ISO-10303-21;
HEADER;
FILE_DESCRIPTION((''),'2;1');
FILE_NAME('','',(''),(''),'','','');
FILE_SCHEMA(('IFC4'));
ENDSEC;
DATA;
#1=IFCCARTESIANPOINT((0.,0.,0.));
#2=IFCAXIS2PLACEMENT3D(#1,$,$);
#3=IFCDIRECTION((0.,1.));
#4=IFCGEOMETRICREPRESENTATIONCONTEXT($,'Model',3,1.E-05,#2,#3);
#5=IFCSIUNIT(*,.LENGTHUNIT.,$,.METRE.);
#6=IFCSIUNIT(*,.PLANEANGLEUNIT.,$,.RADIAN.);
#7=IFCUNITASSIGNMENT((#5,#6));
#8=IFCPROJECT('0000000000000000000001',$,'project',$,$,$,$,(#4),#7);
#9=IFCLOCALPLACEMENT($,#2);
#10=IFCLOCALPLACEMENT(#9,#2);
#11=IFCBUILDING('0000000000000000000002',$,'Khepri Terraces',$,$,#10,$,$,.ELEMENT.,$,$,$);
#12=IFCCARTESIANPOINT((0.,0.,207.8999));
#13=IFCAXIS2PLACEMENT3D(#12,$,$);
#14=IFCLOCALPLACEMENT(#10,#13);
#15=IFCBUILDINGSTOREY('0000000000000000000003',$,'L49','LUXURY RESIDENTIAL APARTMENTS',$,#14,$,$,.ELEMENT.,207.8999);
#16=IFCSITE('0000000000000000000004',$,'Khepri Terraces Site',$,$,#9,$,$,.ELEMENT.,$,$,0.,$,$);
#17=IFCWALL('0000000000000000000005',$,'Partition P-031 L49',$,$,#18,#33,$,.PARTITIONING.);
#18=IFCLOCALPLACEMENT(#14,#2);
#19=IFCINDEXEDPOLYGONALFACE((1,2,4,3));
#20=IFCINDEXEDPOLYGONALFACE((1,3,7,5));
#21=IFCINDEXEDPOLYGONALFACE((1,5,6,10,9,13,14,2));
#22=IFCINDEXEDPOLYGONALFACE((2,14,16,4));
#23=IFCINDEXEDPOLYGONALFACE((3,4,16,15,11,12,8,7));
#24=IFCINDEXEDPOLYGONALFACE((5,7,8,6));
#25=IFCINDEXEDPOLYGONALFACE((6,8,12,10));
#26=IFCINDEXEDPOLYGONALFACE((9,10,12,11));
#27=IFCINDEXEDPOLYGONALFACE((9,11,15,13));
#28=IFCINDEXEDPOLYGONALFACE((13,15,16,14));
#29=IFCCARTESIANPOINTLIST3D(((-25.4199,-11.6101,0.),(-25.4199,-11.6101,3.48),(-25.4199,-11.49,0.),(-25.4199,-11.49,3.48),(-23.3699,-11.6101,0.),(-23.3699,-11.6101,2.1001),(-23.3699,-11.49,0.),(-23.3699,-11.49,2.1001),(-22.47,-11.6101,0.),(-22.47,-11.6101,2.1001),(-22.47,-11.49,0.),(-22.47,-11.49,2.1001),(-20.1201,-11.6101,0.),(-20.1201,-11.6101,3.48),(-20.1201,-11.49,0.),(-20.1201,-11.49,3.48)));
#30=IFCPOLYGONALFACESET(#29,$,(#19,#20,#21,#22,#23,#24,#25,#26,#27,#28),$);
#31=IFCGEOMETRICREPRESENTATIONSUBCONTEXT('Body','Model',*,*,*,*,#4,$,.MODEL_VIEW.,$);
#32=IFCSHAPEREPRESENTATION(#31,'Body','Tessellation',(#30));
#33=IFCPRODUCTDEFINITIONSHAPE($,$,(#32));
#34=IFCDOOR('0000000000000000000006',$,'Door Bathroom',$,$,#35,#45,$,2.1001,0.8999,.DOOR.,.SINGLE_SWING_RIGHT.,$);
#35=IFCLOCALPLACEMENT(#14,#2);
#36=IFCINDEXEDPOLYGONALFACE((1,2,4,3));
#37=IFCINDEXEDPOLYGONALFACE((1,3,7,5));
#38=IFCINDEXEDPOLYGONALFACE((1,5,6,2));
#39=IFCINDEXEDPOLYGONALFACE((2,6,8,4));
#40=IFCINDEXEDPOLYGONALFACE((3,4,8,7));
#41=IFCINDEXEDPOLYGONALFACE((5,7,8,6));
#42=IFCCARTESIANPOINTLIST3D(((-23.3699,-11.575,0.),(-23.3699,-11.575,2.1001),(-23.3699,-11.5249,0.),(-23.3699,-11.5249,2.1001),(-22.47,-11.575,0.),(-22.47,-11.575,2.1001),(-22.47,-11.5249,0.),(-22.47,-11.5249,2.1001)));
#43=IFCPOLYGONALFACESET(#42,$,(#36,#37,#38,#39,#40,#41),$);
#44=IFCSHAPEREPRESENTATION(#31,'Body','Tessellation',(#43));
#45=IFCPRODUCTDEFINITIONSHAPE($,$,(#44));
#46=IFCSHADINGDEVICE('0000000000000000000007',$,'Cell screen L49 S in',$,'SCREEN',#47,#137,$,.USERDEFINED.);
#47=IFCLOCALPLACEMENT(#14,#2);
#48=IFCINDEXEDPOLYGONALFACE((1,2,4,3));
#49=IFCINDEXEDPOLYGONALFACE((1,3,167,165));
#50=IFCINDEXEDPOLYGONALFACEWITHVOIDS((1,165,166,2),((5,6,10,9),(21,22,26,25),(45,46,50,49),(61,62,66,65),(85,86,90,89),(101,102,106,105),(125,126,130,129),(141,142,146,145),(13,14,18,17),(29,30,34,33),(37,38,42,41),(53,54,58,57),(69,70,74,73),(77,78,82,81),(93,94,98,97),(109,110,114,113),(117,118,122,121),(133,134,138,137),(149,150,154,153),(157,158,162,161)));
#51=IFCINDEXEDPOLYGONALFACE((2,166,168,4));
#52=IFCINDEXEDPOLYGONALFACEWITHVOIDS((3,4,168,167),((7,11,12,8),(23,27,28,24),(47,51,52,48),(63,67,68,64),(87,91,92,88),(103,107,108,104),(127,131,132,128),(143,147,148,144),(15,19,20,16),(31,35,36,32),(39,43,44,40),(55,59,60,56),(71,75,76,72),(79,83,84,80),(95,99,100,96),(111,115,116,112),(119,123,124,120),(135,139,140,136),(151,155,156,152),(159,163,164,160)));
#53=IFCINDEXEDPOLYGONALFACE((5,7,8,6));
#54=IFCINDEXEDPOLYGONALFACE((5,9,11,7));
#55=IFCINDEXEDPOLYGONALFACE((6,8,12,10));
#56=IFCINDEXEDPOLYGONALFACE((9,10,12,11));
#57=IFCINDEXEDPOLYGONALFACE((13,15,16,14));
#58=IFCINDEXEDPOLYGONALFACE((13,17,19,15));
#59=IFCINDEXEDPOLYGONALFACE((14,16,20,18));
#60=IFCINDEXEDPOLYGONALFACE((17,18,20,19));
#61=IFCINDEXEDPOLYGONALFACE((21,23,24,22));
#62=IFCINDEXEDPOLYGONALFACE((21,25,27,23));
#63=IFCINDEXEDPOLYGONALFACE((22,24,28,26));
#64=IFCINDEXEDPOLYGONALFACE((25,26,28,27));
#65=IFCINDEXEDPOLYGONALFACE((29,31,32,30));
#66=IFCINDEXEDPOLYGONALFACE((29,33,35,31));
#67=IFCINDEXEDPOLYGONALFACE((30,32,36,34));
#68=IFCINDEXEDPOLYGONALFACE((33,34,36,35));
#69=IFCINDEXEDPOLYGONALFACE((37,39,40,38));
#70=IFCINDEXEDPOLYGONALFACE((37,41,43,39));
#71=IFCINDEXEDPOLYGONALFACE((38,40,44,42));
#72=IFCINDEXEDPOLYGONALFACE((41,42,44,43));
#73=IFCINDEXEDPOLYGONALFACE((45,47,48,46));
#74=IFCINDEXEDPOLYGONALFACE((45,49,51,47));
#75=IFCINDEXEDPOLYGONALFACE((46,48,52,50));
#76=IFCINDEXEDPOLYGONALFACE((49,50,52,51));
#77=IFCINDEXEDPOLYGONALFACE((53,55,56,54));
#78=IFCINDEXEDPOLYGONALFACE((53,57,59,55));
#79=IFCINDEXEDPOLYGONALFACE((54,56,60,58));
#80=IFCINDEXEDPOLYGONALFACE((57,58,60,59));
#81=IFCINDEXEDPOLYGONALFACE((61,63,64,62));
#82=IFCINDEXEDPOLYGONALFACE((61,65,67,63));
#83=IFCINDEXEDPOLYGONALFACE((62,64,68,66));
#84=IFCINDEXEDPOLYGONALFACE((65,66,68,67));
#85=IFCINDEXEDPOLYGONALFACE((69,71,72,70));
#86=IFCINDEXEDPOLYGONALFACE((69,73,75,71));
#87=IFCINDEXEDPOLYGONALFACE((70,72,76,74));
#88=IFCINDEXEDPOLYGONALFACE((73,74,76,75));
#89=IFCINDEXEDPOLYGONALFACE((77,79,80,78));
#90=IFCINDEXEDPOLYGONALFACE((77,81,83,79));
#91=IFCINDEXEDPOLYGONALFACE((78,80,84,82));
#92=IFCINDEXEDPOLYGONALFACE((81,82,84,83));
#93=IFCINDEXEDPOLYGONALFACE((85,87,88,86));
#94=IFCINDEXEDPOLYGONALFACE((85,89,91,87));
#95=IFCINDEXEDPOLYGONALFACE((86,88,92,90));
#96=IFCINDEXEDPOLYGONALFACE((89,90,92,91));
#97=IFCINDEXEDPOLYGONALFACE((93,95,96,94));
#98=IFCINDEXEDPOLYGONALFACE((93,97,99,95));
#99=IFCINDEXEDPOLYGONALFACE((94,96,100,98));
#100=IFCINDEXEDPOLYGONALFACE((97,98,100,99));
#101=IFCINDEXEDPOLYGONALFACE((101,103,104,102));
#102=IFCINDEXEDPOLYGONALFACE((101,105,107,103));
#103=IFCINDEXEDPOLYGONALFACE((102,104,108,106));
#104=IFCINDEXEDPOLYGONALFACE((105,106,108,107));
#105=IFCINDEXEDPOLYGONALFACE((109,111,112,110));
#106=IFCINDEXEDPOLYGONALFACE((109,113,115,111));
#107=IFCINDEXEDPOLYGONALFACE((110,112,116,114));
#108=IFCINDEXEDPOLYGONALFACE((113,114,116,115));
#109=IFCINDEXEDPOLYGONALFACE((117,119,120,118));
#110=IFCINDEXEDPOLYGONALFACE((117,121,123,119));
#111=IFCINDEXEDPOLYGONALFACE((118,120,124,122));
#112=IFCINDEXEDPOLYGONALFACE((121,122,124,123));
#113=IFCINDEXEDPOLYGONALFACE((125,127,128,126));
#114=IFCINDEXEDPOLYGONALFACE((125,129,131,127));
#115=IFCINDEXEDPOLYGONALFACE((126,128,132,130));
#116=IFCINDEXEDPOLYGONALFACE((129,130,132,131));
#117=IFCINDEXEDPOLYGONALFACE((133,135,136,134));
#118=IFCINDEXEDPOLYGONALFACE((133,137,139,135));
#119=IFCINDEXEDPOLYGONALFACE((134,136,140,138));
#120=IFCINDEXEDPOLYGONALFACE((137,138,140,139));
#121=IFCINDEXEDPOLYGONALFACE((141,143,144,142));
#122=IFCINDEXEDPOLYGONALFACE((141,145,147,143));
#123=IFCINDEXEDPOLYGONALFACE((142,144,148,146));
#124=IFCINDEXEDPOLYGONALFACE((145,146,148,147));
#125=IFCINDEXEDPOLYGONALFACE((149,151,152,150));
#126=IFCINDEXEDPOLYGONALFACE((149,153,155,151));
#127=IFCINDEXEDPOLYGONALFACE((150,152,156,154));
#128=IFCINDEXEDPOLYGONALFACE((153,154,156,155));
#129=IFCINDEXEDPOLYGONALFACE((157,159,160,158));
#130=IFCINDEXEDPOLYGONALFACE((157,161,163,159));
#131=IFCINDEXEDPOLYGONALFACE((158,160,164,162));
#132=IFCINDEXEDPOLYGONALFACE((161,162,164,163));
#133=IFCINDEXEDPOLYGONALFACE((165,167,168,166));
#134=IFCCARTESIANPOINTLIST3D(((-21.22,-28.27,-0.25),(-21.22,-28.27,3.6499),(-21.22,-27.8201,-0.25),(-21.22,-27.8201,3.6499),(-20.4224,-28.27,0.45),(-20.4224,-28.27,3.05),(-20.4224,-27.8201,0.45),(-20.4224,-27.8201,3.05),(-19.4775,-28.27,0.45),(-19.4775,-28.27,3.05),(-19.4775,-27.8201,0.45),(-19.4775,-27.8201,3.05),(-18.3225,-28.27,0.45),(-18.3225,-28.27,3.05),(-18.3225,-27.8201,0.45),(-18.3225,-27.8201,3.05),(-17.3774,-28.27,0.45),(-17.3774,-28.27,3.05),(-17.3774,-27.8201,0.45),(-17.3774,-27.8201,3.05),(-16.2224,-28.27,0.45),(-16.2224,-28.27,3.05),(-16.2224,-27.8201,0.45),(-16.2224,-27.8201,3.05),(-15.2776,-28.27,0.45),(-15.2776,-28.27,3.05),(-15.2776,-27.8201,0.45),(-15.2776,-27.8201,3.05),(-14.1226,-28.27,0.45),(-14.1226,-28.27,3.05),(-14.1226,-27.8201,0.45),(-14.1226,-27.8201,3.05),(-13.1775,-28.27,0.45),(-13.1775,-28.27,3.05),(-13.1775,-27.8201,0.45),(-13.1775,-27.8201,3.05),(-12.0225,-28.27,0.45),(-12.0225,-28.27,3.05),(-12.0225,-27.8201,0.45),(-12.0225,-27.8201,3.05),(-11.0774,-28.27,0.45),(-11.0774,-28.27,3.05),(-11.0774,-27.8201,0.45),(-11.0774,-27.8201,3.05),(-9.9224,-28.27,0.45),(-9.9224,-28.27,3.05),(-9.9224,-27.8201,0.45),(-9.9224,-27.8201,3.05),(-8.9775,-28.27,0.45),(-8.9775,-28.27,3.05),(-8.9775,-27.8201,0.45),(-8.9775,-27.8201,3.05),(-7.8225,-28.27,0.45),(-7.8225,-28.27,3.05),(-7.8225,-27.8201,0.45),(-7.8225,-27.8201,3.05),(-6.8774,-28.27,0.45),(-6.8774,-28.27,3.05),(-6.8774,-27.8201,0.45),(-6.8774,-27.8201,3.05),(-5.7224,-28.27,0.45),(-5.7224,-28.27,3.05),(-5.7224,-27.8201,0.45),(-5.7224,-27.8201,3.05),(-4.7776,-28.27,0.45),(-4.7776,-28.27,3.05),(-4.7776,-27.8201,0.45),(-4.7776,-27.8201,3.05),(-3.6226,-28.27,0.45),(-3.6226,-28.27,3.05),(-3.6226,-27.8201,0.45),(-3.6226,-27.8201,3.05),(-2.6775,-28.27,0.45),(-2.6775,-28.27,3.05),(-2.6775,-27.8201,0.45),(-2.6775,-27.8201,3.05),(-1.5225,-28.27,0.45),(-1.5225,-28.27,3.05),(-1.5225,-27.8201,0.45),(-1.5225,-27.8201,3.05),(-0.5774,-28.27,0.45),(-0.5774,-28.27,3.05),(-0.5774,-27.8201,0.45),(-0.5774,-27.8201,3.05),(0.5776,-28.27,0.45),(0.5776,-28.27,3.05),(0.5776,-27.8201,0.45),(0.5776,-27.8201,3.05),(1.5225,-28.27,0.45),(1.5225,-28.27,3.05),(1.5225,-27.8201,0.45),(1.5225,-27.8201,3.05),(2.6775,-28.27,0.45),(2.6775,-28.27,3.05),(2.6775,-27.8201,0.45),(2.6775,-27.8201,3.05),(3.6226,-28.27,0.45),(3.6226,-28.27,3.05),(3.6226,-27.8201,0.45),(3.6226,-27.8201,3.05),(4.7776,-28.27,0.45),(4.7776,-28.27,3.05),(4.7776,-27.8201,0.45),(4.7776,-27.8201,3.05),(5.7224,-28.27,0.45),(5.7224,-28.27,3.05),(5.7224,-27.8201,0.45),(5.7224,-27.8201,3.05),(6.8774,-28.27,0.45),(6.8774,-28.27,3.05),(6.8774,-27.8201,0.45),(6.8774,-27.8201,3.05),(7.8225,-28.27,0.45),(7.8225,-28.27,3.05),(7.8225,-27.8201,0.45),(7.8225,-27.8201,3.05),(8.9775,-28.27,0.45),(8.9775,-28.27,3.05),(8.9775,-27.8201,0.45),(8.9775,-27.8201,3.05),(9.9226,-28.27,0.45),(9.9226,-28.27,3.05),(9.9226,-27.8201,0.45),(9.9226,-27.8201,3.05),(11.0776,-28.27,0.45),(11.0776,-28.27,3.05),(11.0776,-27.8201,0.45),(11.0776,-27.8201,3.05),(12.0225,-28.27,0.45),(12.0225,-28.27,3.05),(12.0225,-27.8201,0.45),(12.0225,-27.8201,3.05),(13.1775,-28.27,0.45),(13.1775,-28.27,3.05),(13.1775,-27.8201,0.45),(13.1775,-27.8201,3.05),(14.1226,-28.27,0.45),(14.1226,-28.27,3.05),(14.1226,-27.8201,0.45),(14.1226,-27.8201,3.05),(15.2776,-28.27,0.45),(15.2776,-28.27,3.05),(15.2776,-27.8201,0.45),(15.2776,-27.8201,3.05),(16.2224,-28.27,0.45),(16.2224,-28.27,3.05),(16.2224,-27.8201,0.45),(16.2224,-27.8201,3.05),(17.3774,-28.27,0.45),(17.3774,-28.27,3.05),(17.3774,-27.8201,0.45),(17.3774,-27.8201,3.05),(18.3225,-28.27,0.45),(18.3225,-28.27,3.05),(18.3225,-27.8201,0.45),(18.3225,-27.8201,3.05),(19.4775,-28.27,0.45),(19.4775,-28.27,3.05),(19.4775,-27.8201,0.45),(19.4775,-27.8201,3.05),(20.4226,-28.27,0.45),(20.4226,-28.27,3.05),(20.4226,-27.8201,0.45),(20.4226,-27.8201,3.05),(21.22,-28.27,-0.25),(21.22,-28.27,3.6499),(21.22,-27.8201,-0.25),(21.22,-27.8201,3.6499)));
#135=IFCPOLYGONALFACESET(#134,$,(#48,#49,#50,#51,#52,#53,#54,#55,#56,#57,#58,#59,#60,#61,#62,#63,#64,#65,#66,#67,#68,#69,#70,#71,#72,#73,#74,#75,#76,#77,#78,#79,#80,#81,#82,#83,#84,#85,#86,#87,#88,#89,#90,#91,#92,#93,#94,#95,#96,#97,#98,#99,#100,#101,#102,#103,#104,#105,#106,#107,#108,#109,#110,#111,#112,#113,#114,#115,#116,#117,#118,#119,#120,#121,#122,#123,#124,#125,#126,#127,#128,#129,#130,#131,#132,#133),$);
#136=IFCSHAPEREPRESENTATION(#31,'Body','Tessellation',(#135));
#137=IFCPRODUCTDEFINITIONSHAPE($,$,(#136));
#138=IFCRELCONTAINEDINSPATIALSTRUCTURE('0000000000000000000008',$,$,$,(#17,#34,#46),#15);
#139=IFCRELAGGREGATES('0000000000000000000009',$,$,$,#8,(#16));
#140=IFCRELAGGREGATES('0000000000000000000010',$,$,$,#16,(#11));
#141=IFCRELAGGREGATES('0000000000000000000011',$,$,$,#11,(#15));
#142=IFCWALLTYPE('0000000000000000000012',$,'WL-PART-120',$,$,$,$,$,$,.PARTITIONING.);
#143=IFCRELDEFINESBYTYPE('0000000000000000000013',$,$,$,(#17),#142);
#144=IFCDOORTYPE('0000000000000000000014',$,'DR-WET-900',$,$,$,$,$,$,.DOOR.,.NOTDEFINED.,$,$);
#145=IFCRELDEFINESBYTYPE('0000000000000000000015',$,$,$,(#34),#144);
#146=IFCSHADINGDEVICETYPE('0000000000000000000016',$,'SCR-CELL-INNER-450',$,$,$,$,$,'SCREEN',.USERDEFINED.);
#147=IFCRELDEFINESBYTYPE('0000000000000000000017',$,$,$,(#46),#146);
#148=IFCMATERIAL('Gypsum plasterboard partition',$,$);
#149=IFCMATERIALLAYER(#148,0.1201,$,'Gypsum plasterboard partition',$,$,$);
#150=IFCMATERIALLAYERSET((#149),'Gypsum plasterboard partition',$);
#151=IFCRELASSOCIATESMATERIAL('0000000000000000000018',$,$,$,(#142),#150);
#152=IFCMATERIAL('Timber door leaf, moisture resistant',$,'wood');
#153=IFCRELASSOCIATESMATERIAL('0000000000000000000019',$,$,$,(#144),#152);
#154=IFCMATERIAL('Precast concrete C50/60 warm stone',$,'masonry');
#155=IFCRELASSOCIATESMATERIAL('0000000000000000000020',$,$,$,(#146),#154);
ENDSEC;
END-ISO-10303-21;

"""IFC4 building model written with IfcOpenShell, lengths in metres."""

from ifc_helpers import new_model, si_unit, direction, frame, frame_2d, origin, place, context, subcontext, project, spatial, polyline, rectangle, outline, extrude, material, layer, layer_set, type_object, element, fill, save


model = new_model("IFC4")

# Units and contexts
model_context = context("Model", 3, precision=1e-05, world=origin(), true_north=direction((0.0, 1.0)))
body_context = subcontext(model_context, "Body", "Model", "MODEL_VIEW")
ifc_project = project(units=[si_unit("LENGTHUNIT", "METRE"), si_unit("PLANEANGLEUNIT", "RADIAN")], contexts=[model_context])

# Site, building, storey
site_placement = place(None, origin())
site = spatial("IfcSite", under=ifc_project, at=site_placement, Name="Khepri Terraces Site", CompositionType="ELEMENT", RefElevation=0.0)
building_placement = place(site_placement, origin())
building = spatial("IfcBuilding", under=site, at=building_placement, Name="Khepri Terraces", CompositionType="ELEMENT")
storey_placement = place(building_placement, frame((0.0, 0.0, 207.8999)))
storey = spatial("IfcBuildingStorey", under=building, at=storey_placement, Name="L49", Description="LUXURY RESIDENTIAL APARTMENTS", CompositionType="ELEMENT", Elevation=207.8999)

# Shared definitions
ifc_material_1 = material(Name="Precast concrete C50/60 warm stone", Category="masonry")

# Shared definitions
ifc_material_2 = material(Name="Gypsum plasterboard partition")
ifc_layer_1 = layer(ifc_material_2, 0.1201, Name="Gypsum plasterboard partition")
ifc_layer_set_1 = layer_set([ifc_layer_1], Name="Gypsum plasterboard partition")
wall_type_1 = type_object("IfcWallType", Name="WL-PART-120", PredefinedType="PARTITIONING", material=ifc_layer_set_1)

# Wall, opening, door
wall_1_placement = place(storey_placement, frame((-25.4199, -11.55, 0.0), z_axis=(0.0, 0.0, 1.0), x_axis=(1.0, 0.0, 0.0)))
wall_1 = element("IfcWall", 1, at=wall_1_placement, inside=storey, type_object=wall_type_1, Name="Partition P-031 L49", PredefinedType="PARTITIONING", context=body_context, shape_type="SweptSolid", body=[
    extrude(rectangle(XDim=5.2998, YDim=0.1201, at=frame_2d((2.6499, 0.0))), origin(), (0.0, 0.0, 1.0), 3.48),
])
opening_1_placement = place(wall_1_placement, frame((2.05, 0.0, 0.0)))
opening_1 = element("IfcOpeningElement", 2, at=opening_1_placement, cuts=wall_1, PredefinedType="OPENING", context=body_context, shape_type="SweptSolid", body=[
    extrude(rectangle(XDim=0.8999, YDim=2.1001, at=frame_2d((0.45, 1.05))), frame((0.0, 0.0701, 0.0), z_axis=(0.0, -1.0, 0.0), x_axis=(1.0, 0.0, 0.0)), (0.0, 0.0, 1.0), 0.1401),
])
ifc_material_3 = material(Name="Timber door leaf, moisture resistant", Category="wood")
door_type_1 = type_object("IfcDoorType", Name="DR-WET-900", OperationType="NOTDEFINED", PredefinedType="DOOR", material=ifc_material_3)
door_1_placement = place(opening_1_placement, frame((0.8999, 0.0, 0.0), z_axis=(0.0, 0.0, 1.0), x_axis=(-1.0, 0.0, 0.0)))
door_1 = element("IfcDoor", 3, at=door_1_placement, inside=storey, type_object=door_type_1, Name="Door Bathroom", OperationType="SINGLE_SWING_RIGHT", OverallHeight=2.1001, OverallWidth=0.8999, PredefinedType="DOOR", context=body_context, shape_type="SweptSolid", body=[
    extrude(rectangle(XDim=0.8999, YDim=2.1001, at=frame_2d((0.45, 1.05))), frame((0.0, 0.0249, 0.0), z_axis=(0.0, -1.0, 0.0), x_axis=(1.0, 0.0, 0.0)), (0.0, 0.0, 1.0), 0.05),
])
fill(opening_1, door_1)

# Shading device
shading_device_type_1 = type_object("IfcShadingDeviceType", Name="SCR-CELL-INNER-450", ElementType="SCREEN", PredefinedType="USERDEFINED", material=ifc_material_1)
shading_device_1_placement = place(storey_placement, frame((-21.22, -27.8201, -0.25), z_axis=(0.0, -1.0, 0.0), x_axis=(1.0, 0.0, 0.0)))
element("IfcShadingDevice", 4, at=shading_device_1_placement, inside=storey, type_object=shading_device_type_1, Name="Cell screen L49 S in", ObjectType="SCREEN", PredefinedType="USERDEFINED", context=body_context, shape_type="SweptSolid", body=[
    extrude(outline(polyline([(0.0, 0.0), (42.4399, 0.0), (42.4399, 3.8999), (0.0, 3.8999), (0.0, 0.0)]), holes=[polyline([(0.7976, 0.7), (1.7424, 0.7), (1.7424, 3.3), (0.7976, 3.3), (0.7976, 0.7)]), polyline([(2.8975, 0.7), (3.8425, 0.7), (3.8425, 3.3), (2.8975, 3.3), (2.8975, 0.7)]), polyline([(4.9976, 0.7), (5.9424, 0.7), (5.9424, 3.3), (4.9976, 3.3), (4.9976, 0.7)]), polyline([(7.0974, 0.7), (8.0425, 0.7), (8.0425, 3.3), (7.0974, 3.3), (7.0974, 0.7)]), polyline([(9.1975, 0.7), (10.1426, 0.7), (10.1426, 3.3), (9.1975, 3.3), (9.1975, 0.7)]), polyline([(11.2976, 0.7), (12.2424, 0.7), (12.2424, 3.3), (11.2976, 3.3), (11.2976, 0.7)]), polyline([(13.3975, 0.7), (14.3425, 0.7), (14.3425, 3.3), (13.3975, 3.3), (13.3975, 0.7)]), polyline([(15.4976, 0.7), (16.4424, 0.7), (16.4424, 3.3), (15.4976, 3.3), (15.4976, 0.7)]), polyline([(17.5974, 0.7), (18.5425, 0.7), (18.5425, 3.3), (17.5974, 3.3), (17.5974, 0.7)]), polyline([(19.6975, 0.7), (20.6426, 0.7), (20.6426, 3.3), (19.6975, 3.3), (19.6975, 0.7)]), polyline([(21.7976, 0.7), (22.7424, 0.7), (22.7424, 3.3), (21.7976, 3.3), (21.7976, 0.7)]), polyline([(23.8975, 0.7), (24.8425, 0.7), (24.8425, 3.3), (23.8975, 3.3), (23.8975, 0.7)]), polyline([(25.9976, 0.7), (26.9424, 0.7), (26.9424, 3.3), (25.9976, 3.3), (25.9976, 0.7)]), polyline([(28.0974, 0.7), (29.0425, 0.7), (29.0425, 3.3), (28.0974, 3.3), (28.0974, 0.7)]), polyline([(30.1975, 0.7), (31.1426, 0.7), (31.1426, 3.3), (30.1975, 3.3), (30.1975, 0.7)]), polyline([(32.2976, 0.7), (33.2424, 0.7), (33.2424, 3.3), (32.2976, 3.3), (32.2976, 0.7)]), polyline([(34.3975, 0.7), (35.3425, 0.7), (35.3425, 3.3), (34.3975, 3.3), (34.3975, 0.7)]), polyline([(36.4976, 0.7), (37.4424, 0.7), (37.4424, 3.3), (36.4976, 3.3), (36.4976, 0.7)]), polyline([(38.5974, 0.7), (39.5425, 0.7), (39.5425, 3.3), (38.5974, 3.3), (38.5974, 0.7)]), polyline([(40.6975, 0.7), (41.6426, 0.7), (41.6426, 3.3), (40.6975, 3.3), (40.6975, 0.7)])]), origin(), (0.0, 0.0, 1.0), 0.45),
])

save(model, "model.ifc")
